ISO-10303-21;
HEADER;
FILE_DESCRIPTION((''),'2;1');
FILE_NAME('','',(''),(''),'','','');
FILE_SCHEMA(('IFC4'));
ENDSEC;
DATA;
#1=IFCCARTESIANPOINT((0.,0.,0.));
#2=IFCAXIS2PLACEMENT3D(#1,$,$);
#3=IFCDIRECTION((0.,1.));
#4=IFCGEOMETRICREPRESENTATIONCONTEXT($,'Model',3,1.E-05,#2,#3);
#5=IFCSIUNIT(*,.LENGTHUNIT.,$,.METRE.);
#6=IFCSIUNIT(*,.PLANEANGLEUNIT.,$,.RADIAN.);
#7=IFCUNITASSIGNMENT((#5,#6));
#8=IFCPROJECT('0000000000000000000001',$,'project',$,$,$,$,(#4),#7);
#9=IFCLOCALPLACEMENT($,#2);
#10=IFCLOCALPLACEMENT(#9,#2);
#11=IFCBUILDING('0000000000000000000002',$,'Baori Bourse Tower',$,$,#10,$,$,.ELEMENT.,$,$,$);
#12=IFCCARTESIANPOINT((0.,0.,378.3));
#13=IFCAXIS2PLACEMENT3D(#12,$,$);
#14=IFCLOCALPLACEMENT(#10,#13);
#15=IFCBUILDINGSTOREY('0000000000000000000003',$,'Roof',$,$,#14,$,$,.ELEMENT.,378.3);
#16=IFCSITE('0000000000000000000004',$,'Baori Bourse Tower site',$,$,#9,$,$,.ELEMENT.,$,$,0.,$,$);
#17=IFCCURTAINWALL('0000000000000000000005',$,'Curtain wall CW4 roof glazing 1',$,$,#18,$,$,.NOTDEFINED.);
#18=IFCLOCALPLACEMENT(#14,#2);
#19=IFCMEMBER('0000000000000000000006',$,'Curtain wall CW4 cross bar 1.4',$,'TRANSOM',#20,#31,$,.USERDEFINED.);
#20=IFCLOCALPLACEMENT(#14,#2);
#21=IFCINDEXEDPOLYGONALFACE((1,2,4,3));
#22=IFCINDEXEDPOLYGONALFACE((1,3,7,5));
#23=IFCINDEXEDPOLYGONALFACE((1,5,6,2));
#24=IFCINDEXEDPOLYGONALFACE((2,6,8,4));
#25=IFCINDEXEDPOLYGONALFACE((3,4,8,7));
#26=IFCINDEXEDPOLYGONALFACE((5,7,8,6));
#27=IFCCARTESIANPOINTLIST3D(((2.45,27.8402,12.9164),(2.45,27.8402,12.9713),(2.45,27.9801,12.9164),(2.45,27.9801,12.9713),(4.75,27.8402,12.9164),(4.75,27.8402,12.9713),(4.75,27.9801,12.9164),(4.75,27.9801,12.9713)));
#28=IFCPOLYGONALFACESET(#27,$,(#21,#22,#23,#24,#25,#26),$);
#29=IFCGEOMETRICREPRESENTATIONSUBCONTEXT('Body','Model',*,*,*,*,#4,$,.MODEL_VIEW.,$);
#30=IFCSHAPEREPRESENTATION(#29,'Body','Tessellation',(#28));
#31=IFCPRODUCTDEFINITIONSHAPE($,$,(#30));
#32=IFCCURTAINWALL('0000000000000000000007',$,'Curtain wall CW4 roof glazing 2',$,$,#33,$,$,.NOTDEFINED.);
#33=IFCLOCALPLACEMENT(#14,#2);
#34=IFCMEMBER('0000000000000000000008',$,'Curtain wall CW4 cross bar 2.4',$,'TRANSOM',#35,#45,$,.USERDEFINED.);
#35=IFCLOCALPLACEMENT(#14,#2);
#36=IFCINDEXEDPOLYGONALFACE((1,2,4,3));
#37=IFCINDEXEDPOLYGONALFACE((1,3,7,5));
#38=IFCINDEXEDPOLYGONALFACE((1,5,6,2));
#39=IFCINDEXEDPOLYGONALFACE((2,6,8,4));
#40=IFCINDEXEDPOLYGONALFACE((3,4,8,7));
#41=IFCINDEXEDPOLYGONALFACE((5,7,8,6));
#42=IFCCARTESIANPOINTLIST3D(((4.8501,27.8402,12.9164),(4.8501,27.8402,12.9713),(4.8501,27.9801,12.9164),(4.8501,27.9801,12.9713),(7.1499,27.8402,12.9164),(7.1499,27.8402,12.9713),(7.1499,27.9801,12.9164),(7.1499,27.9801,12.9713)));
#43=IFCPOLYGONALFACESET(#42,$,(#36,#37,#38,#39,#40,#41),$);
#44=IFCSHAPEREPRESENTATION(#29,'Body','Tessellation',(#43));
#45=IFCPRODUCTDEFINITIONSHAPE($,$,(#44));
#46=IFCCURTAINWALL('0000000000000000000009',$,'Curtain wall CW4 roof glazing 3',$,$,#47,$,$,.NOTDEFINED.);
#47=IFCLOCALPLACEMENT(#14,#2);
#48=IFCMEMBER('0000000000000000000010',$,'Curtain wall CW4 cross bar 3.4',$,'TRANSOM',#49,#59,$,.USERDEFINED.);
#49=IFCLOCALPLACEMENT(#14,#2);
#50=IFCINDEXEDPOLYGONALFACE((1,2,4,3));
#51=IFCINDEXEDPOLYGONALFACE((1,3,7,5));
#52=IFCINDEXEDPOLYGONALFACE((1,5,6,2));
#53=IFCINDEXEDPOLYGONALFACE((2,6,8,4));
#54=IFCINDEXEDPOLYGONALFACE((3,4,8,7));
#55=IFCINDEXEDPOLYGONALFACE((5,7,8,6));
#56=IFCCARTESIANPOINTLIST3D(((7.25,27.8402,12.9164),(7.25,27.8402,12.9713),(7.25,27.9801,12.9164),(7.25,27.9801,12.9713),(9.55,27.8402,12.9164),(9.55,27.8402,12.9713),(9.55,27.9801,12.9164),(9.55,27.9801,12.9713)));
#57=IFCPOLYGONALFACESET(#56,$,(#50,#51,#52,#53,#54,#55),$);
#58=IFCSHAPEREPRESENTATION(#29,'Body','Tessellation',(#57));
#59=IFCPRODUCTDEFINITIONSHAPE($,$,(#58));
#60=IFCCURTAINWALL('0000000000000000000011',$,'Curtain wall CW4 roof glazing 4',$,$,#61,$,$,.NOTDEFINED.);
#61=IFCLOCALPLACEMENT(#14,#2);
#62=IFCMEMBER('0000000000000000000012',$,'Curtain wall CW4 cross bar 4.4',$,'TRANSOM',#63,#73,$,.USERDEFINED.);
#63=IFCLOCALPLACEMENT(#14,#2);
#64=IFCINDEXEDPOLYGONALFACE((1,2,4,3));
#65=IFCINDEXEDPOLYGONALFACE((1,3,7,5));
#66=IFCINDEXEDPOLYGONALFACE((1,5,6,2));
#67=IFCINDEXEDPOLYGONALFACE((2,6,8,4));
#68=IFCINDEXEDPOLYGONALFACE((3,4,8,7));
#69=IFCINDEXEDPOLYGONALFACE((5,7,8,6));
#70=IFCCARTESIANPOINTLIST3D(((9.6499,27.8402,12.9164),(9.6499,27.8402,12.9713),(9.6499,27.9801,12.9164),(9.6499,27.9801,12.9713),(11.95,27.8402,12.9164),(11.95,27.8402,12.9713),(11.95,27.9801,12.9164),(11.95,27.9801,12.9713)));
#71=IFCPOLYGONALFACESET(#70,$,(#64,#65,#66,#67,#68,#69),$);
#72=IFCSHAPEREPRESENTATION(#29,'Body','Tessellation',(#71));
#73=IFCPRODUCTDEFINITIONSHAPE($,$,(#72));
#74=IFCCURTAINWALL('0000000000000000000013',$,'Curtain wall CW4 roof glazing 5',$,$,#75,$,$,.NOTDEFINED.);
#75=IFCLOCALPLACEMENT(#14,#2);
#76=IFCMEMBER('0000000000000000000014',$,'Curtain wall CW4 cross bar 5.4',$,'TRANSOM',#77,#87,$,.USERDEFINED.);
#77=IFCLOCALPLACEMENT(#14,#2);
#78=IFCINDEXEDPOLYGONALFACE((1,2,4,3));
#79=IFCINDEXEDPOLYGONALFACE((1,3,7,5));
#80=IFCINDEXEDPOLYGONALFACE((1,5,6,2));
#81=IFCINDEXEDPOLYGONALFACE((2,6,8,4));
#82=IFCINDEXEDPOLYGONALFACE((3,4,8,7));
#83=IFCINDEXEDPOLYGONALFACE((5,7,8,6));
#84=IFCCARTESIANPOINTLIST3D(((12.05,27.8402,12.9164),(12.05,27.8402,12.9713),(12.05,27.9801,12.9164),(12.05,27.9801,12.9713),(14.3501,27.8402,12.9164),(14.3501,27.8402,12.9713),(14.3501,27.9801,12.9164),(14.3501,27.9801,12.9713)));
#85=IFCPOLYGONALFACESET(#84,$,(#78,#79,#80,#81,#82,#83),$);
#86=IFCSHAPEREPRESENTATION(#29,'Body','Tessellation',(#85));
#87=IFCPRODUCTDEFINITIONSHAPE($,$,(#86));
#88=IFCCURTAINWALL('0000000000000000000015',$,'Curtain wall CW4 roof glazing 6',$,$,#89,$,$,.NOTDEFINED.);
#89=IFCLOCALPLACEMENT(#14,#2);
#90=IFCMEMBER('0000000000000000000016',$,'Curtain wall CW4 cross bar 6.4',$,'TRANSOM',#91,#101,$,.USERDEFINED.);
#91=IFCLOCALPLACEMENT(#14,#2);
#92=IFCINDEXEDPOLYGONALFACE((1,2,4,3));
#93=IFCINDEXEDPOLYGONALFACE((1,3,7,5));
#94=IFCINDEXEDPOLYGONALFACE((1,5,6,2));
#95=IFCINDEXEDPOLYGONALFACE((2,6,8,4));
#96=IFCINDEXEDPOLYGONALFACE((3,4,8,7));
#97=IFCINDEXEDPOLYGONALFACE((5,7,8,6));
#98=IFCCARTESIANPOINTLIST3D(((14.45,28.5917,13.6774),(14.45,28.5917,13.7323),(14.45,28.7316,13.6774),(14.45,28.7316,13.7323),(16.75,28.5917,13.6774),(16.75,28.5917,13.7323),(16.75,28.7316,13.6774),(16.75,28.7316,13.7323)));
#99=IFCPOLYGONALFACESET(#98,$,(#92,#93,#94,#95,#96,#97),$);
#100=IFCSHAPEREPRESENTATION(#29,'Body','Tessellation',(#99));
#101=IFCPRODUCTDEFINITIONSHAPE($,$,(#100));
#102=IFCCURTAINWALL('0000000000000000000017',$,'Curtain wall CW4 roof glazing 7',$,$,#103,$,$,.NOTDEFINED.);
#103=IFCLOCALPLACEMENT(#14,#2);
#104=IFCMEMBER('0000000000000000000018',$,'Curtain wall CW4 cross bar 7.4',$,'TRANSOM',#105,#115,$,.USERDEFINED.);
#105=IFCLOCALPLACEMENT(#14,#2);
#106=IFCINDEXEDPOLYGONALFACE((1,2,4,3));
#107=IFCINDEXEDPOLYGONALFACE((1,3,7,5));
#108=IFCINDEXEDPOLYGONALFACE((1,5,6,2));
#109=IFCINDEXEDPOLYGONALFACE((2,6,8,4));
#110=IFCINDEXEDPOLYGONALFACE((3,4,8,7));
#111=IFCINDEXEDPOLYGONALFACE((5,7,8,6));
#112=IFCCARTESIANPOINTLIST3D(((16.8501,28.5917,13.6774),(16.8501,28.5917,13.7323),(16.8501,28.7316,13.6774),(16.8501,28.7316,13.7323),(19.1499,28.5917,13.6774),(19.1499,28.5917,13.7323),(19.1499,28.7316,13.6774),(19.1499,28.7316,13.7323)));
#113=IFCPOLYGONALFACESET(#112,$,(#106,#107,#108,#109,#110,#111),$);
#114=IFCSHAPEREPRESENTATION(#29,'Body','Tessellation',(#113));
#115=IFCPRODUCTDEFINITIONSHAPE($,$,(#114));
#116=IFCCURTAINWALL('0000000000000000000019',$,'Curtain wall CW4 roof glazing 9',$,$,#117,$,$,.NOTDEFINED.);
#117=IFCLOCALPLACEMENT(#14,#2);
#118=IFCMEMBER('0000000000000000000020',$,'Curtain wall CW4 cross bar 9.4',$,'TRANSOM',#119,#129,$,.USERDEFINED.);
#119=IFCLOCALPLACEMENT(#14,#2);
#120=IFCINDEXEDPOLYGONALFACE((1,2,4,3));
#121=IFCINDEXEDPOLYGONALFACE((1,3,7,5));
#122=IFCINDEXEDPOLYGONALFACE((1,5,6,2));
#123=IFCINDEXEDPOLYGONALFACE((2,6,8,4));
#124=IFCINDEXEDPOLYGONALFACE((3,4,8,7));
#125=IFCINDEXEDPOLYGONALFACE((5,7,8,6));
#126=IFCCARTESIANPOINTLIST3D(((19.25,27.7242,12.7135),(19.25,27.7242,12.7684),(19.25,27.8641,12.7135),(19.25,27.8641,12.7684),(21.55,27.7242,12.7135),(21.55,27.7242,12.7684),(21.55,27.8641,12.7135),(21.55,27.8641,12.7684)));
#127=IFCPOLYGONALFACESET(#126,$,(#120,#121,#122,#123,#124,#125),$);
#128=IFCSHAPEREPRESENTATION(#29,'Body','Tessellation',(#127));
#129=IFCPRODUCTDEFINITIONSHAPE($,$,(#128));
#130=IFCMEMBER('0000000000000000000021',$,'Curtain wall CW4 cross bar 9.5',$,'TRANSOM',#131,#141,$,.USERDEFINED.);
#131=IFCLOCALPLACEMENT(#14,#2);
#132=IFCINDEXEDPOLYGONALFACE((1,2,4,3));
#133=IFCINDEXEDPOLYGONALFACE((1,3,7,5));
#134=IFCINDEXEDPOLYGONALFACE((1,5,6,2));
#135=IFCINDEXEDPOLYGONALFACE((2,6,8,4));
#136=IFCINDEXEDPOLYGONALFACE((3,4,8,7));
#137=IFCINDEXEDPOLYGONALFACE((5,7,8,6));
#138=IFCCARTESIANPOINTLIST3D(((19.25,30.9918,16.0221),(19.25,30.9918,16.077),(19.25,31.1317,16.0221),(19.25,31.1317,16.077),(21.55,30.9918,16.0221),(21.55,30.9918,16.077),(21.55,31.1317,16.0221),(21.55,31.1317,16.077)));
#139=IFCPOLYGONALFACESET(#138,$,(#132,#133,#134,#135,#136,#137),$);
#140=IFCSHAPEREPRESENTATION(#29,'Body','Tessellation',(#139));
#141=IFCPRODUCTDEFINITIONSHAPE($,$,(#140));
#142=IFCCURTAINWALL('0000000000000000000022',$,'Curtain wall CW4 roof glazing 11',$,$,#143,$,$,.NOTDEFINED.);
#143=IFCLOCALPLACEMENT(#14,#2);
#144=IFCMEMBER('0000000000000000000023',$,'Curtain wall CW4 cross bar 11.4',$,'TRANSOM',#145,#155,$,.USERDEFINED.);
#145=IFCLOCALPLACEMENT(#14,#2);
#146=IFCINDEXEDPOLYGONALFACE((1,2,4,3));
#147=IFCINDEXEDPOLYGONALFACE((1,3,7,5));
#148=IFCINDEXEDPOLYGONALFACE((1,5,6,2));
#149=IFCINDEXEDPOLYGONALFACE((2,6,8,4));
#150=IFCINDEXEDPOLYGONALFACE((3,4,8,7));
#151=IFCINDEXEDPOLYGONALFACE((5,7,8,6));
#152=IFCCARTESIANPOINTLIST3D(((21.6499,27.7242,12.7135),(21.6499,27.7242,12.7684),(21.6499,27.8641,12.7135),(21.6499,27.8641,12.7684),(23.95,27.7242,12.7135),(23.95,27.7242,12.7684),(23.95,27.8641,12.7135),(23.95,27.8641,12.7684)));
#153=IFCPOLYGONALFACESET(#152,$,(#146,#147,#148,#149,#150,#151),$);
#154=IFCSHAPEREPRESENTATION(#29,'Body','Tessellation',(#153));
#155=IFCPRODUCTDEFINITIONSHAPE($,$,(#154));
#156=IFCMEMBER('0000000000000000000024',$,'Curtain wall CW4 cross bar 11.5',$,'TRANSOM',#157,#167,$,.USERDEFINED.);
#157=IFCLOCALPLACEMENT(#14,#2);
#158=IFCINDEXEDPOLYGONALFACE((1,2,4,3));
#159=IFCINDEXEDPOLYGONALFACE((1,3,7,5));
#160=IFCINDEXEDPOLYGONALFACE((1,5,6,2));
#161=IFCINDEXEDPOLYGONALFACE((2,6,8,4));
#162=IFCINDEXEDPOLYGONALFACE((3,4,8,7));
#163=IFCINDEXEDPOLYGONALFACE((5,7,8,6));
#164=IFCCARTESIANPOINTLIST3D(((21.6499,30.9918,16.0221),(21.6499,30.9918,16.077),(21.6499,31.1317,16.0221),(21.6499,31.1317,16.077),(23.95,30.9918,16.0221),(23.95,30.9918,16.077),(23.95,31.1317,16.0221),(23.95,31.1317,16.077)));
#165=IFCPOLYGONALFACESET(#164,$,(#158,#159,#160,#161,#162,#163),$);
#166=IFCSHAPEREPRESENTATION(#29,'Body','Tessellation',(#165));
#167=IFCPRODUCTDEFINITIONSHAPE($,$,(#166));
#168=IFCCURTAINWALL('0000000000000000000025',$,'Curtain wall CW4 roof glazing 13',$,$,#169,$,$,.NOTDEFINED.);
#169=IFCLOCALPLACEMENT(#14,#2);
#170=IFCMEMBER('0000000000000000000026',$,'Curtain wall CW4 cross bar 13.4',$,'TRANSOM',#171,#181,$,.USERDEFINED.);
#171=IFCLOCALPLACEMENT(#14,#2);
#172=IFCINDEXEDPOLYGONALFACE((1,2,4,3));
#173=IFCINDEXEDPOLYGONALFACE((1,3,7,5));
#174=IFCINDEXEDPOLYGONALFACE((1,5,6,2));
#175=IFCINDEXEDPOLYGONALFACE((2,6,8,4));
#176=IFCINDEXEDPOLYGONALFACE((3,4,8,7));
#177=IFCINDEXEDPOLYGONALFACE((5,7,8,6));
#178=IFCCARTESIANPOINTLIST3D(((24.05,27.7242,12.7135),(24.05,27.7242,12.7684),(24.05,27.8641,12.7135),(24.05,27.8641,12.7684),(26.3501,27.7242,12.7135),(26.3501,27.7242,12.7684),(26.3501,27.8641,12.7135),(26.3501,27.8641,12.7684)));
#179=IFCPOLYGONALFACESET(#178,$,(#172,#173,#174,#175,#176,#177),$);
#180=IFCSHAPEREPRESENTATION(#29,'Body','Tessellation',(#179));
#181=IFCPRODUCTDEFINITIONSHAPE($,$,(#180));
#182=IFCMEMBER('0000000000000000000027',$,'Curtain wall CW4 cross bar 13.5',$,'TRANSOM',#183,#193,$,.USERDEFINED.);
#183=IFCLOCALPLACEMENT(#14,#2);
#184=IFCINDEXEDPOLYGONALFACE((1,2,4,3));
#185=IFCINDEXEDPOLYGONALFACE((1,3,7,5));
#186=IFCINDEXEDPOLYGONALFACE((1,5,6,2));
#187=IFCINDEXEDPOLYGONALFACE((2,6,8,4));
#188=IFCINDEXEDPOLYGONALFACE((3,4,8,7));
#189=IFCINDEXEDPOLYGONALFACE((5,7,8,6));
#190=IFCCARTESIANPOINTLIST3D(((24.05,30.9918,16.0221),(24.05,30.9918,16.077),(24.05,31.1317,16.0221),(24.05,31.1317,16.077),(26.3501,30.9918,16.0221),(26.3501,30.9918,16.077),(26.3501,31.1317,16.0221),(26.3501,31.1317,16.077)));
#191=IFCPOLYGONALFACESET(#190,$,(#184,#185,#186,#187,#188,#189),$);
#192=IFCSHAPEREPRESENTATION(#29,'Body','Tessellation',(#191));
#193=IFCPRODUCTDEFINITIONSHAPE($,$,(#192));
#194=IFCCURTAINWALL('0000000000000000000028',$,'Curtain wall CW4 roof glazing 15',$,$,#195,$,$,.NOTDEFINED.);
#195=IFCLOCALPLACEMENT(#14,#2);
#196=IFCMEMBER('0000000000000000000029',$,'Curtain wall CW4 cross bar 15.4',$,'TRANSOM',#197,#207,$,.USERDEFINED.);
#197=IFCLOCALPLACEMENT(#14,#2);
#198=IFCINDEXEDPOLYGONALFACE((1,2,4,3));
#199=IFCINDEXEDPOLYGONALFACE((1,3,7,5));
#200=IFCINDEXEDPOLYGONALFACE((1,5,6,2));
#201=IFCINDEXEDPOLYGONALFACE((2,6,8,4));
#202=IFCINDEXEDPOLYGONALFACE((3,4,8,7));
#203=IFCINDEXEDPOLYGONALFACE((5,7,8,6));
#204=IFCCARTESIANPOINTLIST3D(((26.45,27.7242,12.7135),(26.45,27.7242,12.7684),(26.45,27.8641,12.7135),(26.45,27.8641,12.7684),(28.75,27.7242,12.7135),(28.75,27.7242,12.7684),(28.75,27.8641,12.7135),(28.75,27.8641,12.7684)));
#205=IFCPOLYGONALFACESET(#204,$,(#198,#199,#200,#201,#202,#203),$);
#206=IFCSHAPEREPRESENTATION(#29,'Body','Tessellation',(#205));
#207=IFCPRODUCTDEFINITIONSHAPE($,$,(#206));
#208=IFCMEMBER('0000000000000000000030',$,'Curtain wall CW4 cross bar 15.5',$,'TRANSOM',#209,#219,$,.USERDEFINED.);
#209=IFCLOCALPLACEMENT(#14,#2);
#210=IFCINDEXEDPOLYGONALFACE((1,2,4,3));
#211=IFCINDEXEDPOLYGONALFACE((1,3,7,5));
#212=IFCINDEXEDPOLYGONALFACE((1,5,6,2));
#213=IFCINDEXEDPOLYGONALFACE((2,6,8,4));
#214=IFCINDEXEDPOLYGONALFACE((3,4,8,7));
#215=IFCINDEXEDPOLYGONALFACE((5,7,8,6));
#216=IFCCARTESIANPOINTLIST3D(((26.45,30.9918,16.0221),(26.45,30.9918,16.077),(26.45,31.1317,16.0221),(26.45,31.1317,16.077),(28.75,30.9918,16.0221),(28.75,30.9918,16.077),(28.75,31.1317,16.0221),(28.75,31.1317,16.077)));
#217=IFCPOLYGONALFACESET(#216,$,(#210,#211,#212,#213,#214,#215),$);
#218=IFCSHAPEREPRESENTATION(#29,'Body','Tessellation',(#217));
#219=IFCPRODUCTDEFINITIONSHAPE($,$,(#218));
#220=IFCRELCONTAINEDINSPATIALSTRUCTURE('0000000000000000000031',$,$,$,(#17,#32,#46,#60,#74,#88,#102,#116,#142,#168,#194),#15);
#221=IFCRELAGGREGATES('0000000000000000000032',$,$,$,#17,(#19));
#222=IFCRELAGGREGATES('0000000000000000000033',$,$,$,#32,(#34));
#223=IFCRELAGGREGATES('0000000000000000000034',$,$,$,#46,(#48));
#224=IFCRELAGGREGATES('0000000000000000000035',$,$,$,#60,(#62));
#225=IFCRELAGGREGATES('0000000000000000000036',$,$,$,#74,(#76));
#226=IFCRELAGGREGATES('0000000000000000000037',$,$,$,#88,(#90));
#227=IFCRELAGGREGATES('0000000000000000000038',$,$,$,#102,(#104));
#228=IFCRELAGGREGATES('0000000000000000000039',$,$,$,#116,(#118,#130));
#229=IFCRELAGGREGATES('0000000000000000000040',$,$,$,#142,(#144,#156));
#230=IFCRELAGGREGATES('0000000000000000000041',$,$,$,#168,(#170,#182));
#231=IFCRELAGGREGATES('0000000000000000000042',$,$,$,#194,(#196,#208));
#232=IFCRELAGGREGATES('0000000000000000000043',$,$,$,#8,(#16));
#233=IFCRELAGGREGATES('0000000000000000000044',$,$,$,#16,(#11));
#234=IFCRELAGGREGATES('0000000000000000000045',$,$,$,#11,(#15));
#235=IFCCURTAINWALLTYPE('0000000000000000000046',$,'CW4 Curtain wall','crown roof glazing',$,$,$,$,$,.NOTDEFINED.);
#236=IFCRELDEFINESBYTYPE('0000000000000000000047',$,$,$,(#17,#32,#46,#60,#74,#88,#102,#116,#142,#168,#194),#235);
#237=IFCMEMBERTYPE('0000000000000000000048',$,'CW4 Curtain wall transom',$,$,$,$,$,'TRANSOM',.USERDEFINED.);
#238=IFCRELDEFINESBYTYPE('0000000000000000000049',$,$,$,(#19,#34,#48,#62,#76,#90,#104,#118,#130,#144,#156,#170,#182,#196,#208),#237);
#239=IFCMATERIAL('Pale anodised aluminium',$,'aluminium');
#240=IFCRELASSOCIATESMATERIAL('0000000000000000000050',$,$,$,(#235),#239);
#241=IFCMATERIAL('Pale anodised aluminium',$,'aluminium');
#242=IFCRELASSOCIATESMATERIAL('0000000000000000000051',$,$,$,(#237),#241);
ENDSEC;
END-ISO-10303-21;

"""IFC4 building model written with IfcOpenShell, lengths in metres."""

from ifc_helpers import new_model, si_unit, direction, frame, origin, origin_2d, place, context, subcontext, project, spatial, rectangle, extrude, material, material_profile, profile_set, type_object, element, aggregate, save


model = new_model("IFC4")

# Units and contexts
model_context = context("Model", 3, precision=1e-05, world=origin(), true_north=direction((0.0, 1.0)))
body_context = subcontext(model_context, "Body", "Model", "MODEL_VIEW")
ifc_project = project(units=[si_unit("LENGTHUNIT", "METRE"), si_unit("PLANEANGLEUNIT", "RADIAN")], contexts=[model_context])

# Site, building, storey
site_placement = place(None, origin())
site = spatial("IfcSite", under=ifc_project, at=site_placement, Name="Baori Bourse Tower site", CompositionType="ELEMENT", RefElevation=0.0)
building_placement = place(site_placement, origin())
building = spatial("IfcBuilding", under=site, at=building_placement, Name="Baori Bourse Tower", CompositionType="ELEMENT")
storey_placement = place(building_placement, frame((0.0, 0.0, 378.3)))
storey = spatial("IfcBuildingStorey", under=building, at=storey_placement, Name="Roof", CompositionType="ELEMENT", Elevation=378.3)

# Curtain walls, members
ifc_material_1 = material(Name="Pale anodised aluminium", Category="aluminium")
curtain_wall_type = type_object("IfcCurtainWallType", Name="CW4 Curtain wall", Description="crown roof glazing", PredefinedType="NOTDEFINED", material=ifc_material_1)
curtain_wall_1_placement = place(storey_placement, origin())
curtain_wall_1 = element("IfcCurtainWall", 1, at=curtain_wall_1_placement, inside=storey, type_object=curtain_wall_type, Name="Curtain wall CW4 roof glazing 1", PredefinedType="NOTDEFINED")
ifc_material_2 = material(Name="Pale anodised aluminium", Category="aluminium")
ifc_material_profile_1 = material_profile(ifc_material_2, rectangle(XDim=0.1399, YDim=0.0549, at=origin_2d()), Name="Transom 55x140")
ifc_profile_set_1 = profile_set([ifc_material_profile_1], Name="Pale anodised aluminium")
member_type = type_object("IfcMemberType", Name="CW4 Curtain wall transom", ElementType="TRANSOM", PredefinedType="USERDEFINED", material=ifc_profile_set_1)
member_1_placement = place(storey_placement, frame((2.45, 27.9102, 12.9438), z_axis=(1.0, 0.0, 0.0), x_axis=(0.0, 1.0, 0.0)))
member_1 = element("IfcMember", 2, at=member_1_placement, type_object=member_type, Name="Curtain wall CW4 cross bar 1.4", ObjectType="TRANSOM", PredefinedType="USERDEFINED", context=body_context, shape_type="SweptSolid", body=[
    extrude(rectangle(XDim=0.1399, YDim=0.0549, at=origin_2d()), origin(), (0.0, 0.0, 1.0), 2.3),
])
curtain_wall_2_placement = place(storey_placement, origin())
curtain_wall_2 = element("IfcCurtainWall", 3, at=curtain_wall_2_placement, inside=storey, type_object=curtain_wall_type, Name="Curtain wall CW4 roof glazing 2", PredefinedType="NOTDEFINED")
member_2_placement = place(storey_placement, frame((4.8501, 27.9102, 12.9438), z_axis=(1.0, 0.0, 0.0), x_axis=(0.0, 1.0, 0.0)))
member_2 = element("IfcMember", 4, at=member_2_placement, type_object=member_type, Name="Curtain wall CW4 cross bar 2.4", ObjectType="TRANSOM", PredefinedType="USERDEFINED", context=body_context, shape_type="SweptSolid", body=[
    extrude(rectangle(XDim=0.1399, YDim=0.0549, at=origin_2d()), origin(), (0.0, 0.0, 1.0), 2.2998),
])
curtain_wall_3_placement = place(storey_placement, origin())
curtain_wall_3 = element("IfcCurtainWall", 5, at=curtain_wall_3_placement, inside=storey, type_object=curtain_wall_type, Name="Curtain wall CW4 roof glazing 3", PredefinedType="NOTDEFINED")
member_3_placement = place(storey_placement, frame((7.25, 27.9102, 12.9438), z_axis=(1.0, 0.0, 0.0), x_axis=(0.0, 1.0, 0.0)))
member_3 = element("IfcMember", 6, at=member_3_placement, type_object=member_type, Name="Curtain wall CW4 cross bar 3.4", ObjectType="TRANSOM", PredefinedType="USERDEFINED", context=body_context, shape_type="SweptSolid", body=[
    extrude(rectangle(XDim=0.1399, YDim=0.0549, at=origin_2d()), origin(), (0.0, 0.0, 1.0), 2.3),
])
curtain_wall_4_placement = place(storey_placement, origin())
curtain_wall_4 = element("IfcCurtainWall", 7, at=curtain_wall_4_placement, inside=storey, type_object=curtain_wall_type, Name="Curtain wall CW4 roof glazing 4", PredefinedType="NOTDEFINED")
member_4_placement = place(storey_placement, frame((9.6499, 27.9102, 12.9438), z_axis=(1.0, 0.0, 0.0), x_axis=(0.0, 1.0, 0.0)))
member_4 = element("IfcMember", 8, at=member_4_placement, type_object=member_type, Name="Curtain wall CW4 cross bar 4.4", ObjectType="TRANSOM", PredefinedType="USERDEFINED", context=body_context, shape_type="SweptSolid", body=[
    extrude(rectangle(XDim=0.1399, YDim=0.0549, at=origin_2d()), origin(), (0.0, 0.0, 1.0), 2.3),
])
curtain_wall_5_placement = place(storey_placement, origin())
curtain_wall_5 = element("IfcCurtainWall", 9, at=curtain_wall_5_placement, inside=storey, type_object=curtain_wall_type, Name="Curtain wall CW4 roof glazing 5", PredefinedType="NOTDEFINED")
member_5_placement = place(storey_placement, frame((12.05, 27.9102, 12.9438), z_axis=(1.0, 0.0, 0.0), x_axis=(0.0, 1.0, 0.0)))
member_5 = element("IfcMember", 10, at=member_5_placement, type_object=member_type, Name="Curtain wall CW4 cross bar 5.4", ObjectType="TRANSOM", PredefinedType="USERDEFINED", context=body_context, shape_type="SweptSolid", body=[
    extrude(rectangle(XDim=0.1399, YDim=0.0549, at=origin_2d()), origin(), (0.0, 0.0, 1.0), 2.3),
])
curtain_wall_6_placement = place(storey_placement, origin())
curtain_wall_6 = element("IfcCurtainWall", 11, at=curtain_wall_6_placement, inside=storey, type_object=curtain_wall_type, Name="Curtain wall CW4 roof glazing 6", PredefinedType="NOTDEFINED")
member_6_placement = place(storey_placement, frame((14.45, 28.6616, 13.7048), z_axis=(1.0, 0.0, 0.0), x_axis=(0.0, 1.0, 0.0)))
member_6 = element("IfcMember", 12, at=member_6_placement, type_object=member_type, Name="Curtain wall CW4 cross bar 6.4", ObjectType="TRANSOM", PredefinedType="USERDEFINED", context=body_context, shape_type="SweptSolid", body=[
    extrude(rectangle(XDim=0.1399, YDim=0.0549, at=origin_2d()), origin(), (0.0, 0.0, 1.0), 2.3),
])
curtain_wall_7_placement = place(storey_placement, origin())
curtain_wall_7 = element("IfcCurtainWall", 13, at=curtain_wall_7_placement, inside=storey, type_object=curtain_wall_type, Name="Curtain wall CW4 roof glazing 7", PredefinedType="NOTDEFINED")
member_7_placement = place(storey_placement, frame((16.8501, 28.6616, 13.7048), z_axis=(1.0, 0.0, 0.0), x_axis=(0.0, 1.0, 0.0)))
member_7 = element("IfcMember", 14, at=member_7_placement, type_object=member_type, Name="Curtain wall CW4 cross bar 7.4", ObjectType="TRANSOM", PredefinedType="USERDEFINED", context=body_context, shape_type="SweptSolid", body=[
    extrude(rectangle(XDim=0.1399, YDim=0.0549, at=origin_2d()), origin(), (0.0, 0.0, 1.0), 2.2998),
])

# Curtain walls, members
curtain_wall_8_placement = place(storey_placement, origin())
curtain_wall_8 = element("IfcCurtainWall", 15, at=curtain_wall_8_placement, inside=storey, type_object=curtain_wall_type, Name="Curtain wall CW4 roof glazing 9", PredefinedType="NOTDEFINED")
member_8_placement = place(storey_placement, frame((19.25, 27.7942, 12.741), z_axis=(1.0, 0.0, 0.0), x_axis=(0.0, 1.0, 0.0)))
member_8 = element("IfcMember", 16, at=member_8_placement, type_object=member_type, Name="Curtain wall CW4 cross bar 9.4", ObjectType="TRANSOM", PredefinedType="USERDEFINED", context=body_context, shape_type="SweptSolid", body=[
    extrude(rectangle(XDim=0.1399, YDim=0.0549, at=origin_2d()), origin(), (0.0, 0.0, 1.0), 2.3),
])
member_9_placement = place(storey_placement, frame((19.25, 31.0618, 16.0496), z_axis=(1.0, 0.0, 0.0), x_axis=(0.0, 1.0, 0.0)))
member_9 = element("IfcMember", 17, at=member_9_placement, type_object=member_type, Name="Curtain wall CW4 cross bar 9.5", ObjectType="TRANSOM", PredefinedType="USERDEFINED", context=body_context, shape_type="SweptSolid", body=[
    extrude(rectangle(XDim=0.1399, YDim=0.0549, at=origin_2d()), origin(), (0.0, 0.0, 1.0), 2.3),
])
curtain_wall_9_placement = place(storey_placement, origin())
curtain_wall_9 = element("IfcCurtainWall", 18, at=curtain_wall_9_placement, inside=storey, type_object=curtain_wall_type, Name="Curtain wall CW4 roof glazing 11", PredefinedType="NOTDEFINED")
member_10_placement = place(storey_placement, frame((21.6499, 27.7942, 12.741), z_axis=(1.0, 0.0, 0.0), x_axis=(0.0, 1.0, 0.0)))
member_10 = element("IfcMember", 19, at=member_10_placement, type_object=member_type, Name="Curtain wall CW4 cross bar 11.4", ObjectType="TRANSOM", PredefinedType="USERDEFINED", context=body_context, shape_type="SweptSolid", body=[
    extrude(rectangle(XDim=0.1399, YDim=0.0549, at=origin_2d()), origin(), (0.0, 0.0, 1.0), 2.3),
])
member_11_placement = place(storey_placement, frame((21.6499, 31.0618, 16.0496), z_axis=(1.0, 0.0, 0.0), x_axis=(0.0, 1.0, 0.0)))
member_11 = element("IfcMember", 20, at=member_11_placement, type_object=member_type, Name="Curtain wall CW4 cross bar 11.5", ObjectType="TRANSOM", PredefinedType="USERDEFINED", context=body_context, shape_type="SweptSolid", body=[
    extrude(rectangle(XDim=0.1399, YDim=0.0549, at=origin_2d()), origin(), (0.0, 0.0, 1.0), 2.3),
])
curtain_wall_10_placement = place(storey_placement, origin())
curtain_wall_10 = element("IfcCurtainWall", 21, at=curtain_wall_10_placement, inside=storey, type_object=curtain_wall_type, Name="Curtain wall CW4 roof glazing 13", PredefinedType="NOTDEFINED")
member_12_placement = place(storey_placement, frame((24.05, 27.7942, 12.741), z_axis=(1.0, 0.0, 0.0), x_axis=(0.0, 1.0, 0.0)))
member_12 = element("IfcMember", 22, at=member_12_placement, type_object=member_type, Name="Curtain wall CW4 cross bar 13.4", ObjectType="TRANSOM", PredefinedType="USERDEFINED", context=body_context, shape_type="SweptSolid", body=[
    extrude(rectangle(XDim=0.1399, YDim=0.0549, at=origin_2d()), origin(), (0.0, 0.0, 1.0), 2.3),
])
member_13_placement = place(storey_placement, frame((24.05, 31.0618, 16.0496), z_axis=(1.0, 0.0, 0.0), x_axis=(0.0, 1.0, 0.0)))
member_13 = element("IfcMember", 23, at=member_13_placement, type_object=member_type, Name="Curtain wall CW4 cross bar 13.5", ObjectType="TRANSOM", PredefinedType="USERDEFINED", context=body_context, shape_type="SweptSolid", body=[
    extrude(rectangle(XDim=0.1399, YDim=0.0549, at=origin_2d()), origin(), (0.0, 0.0, 1.0), 2.3),
])
curtain_wall_11_placement = place(storey_placement, origin())
curtain_wall_11 = element("IfcCurtainWall", 24, at=curtain_wall_11_placement, inside=storey, type_object=curtain_wall_type, Name="Curtain wall CW4 roof glazing 15", PredefinedType="NOTDEFINED")
member_14_placement = place(storey_placement, frame((26.45, 27.7942, 12.741), z_axis=(1.0, 0.0, 0.0), x_axis=(0.0, 1.0, 0.0)))
member_14 = element("IfcMember", 25, at=member_14_placement, type_object=member_type, Name="Curtain wall CW4 cross bar 15.4", ObjectType="TRANSOM", PredefinedType="USERDEFINED", context=body_context, shape_type="SweptSolid", body=[
    extrude(rectangle(XDim=0.1399, YDim=0.0549, at=origin_2d()), origin(), (0.0, 0.0, 1.0), 2.3),
])
member_15_placement = place(storey_placement, frame((26.45, 31.0618, 16.0496), z_axis=(1.0, 0.0, 0.0), x_axis=(0.0, 1.0, 0.0)))
member_15 = element("IfcMember", 26, at=member_15_placement, type_object=member_type, Name="Curtain wall CW4 cross bar 15.5", ObjectType="TRANSOM", PredefinedType="USERDEFINED", context=body_context, shape_type="SweptSolid", body=[
    extrude(rectangle(XDim=0.1399, YDim=0.0549, at=origin_2d()), origin(), (0.0, 0.0, 1.0), 2.3),
])

aggregate(curtain_wall_1, [member_1])
aggregate(curtain_wall_2, [member_2])
aggregate(curtain_wall_3, [member_3])
aggregate(curtain_wall_4, [member_4])
aggregate(curtain_wall_5, [member_5])
aggregate(curtain_wall_6, [member_6])
aggregate(curtain_wall_7, [member_7])
aggregate(curtain_wall_8, [member_8, member_9])
aggregate(curtain_wall_9, [member_10, member_11])
aggregate(curtain_wall_10, [member_12, member_13])
aggregate(curtain_wall_11, [member_14, member_15])

save(model, "model.ifc")
